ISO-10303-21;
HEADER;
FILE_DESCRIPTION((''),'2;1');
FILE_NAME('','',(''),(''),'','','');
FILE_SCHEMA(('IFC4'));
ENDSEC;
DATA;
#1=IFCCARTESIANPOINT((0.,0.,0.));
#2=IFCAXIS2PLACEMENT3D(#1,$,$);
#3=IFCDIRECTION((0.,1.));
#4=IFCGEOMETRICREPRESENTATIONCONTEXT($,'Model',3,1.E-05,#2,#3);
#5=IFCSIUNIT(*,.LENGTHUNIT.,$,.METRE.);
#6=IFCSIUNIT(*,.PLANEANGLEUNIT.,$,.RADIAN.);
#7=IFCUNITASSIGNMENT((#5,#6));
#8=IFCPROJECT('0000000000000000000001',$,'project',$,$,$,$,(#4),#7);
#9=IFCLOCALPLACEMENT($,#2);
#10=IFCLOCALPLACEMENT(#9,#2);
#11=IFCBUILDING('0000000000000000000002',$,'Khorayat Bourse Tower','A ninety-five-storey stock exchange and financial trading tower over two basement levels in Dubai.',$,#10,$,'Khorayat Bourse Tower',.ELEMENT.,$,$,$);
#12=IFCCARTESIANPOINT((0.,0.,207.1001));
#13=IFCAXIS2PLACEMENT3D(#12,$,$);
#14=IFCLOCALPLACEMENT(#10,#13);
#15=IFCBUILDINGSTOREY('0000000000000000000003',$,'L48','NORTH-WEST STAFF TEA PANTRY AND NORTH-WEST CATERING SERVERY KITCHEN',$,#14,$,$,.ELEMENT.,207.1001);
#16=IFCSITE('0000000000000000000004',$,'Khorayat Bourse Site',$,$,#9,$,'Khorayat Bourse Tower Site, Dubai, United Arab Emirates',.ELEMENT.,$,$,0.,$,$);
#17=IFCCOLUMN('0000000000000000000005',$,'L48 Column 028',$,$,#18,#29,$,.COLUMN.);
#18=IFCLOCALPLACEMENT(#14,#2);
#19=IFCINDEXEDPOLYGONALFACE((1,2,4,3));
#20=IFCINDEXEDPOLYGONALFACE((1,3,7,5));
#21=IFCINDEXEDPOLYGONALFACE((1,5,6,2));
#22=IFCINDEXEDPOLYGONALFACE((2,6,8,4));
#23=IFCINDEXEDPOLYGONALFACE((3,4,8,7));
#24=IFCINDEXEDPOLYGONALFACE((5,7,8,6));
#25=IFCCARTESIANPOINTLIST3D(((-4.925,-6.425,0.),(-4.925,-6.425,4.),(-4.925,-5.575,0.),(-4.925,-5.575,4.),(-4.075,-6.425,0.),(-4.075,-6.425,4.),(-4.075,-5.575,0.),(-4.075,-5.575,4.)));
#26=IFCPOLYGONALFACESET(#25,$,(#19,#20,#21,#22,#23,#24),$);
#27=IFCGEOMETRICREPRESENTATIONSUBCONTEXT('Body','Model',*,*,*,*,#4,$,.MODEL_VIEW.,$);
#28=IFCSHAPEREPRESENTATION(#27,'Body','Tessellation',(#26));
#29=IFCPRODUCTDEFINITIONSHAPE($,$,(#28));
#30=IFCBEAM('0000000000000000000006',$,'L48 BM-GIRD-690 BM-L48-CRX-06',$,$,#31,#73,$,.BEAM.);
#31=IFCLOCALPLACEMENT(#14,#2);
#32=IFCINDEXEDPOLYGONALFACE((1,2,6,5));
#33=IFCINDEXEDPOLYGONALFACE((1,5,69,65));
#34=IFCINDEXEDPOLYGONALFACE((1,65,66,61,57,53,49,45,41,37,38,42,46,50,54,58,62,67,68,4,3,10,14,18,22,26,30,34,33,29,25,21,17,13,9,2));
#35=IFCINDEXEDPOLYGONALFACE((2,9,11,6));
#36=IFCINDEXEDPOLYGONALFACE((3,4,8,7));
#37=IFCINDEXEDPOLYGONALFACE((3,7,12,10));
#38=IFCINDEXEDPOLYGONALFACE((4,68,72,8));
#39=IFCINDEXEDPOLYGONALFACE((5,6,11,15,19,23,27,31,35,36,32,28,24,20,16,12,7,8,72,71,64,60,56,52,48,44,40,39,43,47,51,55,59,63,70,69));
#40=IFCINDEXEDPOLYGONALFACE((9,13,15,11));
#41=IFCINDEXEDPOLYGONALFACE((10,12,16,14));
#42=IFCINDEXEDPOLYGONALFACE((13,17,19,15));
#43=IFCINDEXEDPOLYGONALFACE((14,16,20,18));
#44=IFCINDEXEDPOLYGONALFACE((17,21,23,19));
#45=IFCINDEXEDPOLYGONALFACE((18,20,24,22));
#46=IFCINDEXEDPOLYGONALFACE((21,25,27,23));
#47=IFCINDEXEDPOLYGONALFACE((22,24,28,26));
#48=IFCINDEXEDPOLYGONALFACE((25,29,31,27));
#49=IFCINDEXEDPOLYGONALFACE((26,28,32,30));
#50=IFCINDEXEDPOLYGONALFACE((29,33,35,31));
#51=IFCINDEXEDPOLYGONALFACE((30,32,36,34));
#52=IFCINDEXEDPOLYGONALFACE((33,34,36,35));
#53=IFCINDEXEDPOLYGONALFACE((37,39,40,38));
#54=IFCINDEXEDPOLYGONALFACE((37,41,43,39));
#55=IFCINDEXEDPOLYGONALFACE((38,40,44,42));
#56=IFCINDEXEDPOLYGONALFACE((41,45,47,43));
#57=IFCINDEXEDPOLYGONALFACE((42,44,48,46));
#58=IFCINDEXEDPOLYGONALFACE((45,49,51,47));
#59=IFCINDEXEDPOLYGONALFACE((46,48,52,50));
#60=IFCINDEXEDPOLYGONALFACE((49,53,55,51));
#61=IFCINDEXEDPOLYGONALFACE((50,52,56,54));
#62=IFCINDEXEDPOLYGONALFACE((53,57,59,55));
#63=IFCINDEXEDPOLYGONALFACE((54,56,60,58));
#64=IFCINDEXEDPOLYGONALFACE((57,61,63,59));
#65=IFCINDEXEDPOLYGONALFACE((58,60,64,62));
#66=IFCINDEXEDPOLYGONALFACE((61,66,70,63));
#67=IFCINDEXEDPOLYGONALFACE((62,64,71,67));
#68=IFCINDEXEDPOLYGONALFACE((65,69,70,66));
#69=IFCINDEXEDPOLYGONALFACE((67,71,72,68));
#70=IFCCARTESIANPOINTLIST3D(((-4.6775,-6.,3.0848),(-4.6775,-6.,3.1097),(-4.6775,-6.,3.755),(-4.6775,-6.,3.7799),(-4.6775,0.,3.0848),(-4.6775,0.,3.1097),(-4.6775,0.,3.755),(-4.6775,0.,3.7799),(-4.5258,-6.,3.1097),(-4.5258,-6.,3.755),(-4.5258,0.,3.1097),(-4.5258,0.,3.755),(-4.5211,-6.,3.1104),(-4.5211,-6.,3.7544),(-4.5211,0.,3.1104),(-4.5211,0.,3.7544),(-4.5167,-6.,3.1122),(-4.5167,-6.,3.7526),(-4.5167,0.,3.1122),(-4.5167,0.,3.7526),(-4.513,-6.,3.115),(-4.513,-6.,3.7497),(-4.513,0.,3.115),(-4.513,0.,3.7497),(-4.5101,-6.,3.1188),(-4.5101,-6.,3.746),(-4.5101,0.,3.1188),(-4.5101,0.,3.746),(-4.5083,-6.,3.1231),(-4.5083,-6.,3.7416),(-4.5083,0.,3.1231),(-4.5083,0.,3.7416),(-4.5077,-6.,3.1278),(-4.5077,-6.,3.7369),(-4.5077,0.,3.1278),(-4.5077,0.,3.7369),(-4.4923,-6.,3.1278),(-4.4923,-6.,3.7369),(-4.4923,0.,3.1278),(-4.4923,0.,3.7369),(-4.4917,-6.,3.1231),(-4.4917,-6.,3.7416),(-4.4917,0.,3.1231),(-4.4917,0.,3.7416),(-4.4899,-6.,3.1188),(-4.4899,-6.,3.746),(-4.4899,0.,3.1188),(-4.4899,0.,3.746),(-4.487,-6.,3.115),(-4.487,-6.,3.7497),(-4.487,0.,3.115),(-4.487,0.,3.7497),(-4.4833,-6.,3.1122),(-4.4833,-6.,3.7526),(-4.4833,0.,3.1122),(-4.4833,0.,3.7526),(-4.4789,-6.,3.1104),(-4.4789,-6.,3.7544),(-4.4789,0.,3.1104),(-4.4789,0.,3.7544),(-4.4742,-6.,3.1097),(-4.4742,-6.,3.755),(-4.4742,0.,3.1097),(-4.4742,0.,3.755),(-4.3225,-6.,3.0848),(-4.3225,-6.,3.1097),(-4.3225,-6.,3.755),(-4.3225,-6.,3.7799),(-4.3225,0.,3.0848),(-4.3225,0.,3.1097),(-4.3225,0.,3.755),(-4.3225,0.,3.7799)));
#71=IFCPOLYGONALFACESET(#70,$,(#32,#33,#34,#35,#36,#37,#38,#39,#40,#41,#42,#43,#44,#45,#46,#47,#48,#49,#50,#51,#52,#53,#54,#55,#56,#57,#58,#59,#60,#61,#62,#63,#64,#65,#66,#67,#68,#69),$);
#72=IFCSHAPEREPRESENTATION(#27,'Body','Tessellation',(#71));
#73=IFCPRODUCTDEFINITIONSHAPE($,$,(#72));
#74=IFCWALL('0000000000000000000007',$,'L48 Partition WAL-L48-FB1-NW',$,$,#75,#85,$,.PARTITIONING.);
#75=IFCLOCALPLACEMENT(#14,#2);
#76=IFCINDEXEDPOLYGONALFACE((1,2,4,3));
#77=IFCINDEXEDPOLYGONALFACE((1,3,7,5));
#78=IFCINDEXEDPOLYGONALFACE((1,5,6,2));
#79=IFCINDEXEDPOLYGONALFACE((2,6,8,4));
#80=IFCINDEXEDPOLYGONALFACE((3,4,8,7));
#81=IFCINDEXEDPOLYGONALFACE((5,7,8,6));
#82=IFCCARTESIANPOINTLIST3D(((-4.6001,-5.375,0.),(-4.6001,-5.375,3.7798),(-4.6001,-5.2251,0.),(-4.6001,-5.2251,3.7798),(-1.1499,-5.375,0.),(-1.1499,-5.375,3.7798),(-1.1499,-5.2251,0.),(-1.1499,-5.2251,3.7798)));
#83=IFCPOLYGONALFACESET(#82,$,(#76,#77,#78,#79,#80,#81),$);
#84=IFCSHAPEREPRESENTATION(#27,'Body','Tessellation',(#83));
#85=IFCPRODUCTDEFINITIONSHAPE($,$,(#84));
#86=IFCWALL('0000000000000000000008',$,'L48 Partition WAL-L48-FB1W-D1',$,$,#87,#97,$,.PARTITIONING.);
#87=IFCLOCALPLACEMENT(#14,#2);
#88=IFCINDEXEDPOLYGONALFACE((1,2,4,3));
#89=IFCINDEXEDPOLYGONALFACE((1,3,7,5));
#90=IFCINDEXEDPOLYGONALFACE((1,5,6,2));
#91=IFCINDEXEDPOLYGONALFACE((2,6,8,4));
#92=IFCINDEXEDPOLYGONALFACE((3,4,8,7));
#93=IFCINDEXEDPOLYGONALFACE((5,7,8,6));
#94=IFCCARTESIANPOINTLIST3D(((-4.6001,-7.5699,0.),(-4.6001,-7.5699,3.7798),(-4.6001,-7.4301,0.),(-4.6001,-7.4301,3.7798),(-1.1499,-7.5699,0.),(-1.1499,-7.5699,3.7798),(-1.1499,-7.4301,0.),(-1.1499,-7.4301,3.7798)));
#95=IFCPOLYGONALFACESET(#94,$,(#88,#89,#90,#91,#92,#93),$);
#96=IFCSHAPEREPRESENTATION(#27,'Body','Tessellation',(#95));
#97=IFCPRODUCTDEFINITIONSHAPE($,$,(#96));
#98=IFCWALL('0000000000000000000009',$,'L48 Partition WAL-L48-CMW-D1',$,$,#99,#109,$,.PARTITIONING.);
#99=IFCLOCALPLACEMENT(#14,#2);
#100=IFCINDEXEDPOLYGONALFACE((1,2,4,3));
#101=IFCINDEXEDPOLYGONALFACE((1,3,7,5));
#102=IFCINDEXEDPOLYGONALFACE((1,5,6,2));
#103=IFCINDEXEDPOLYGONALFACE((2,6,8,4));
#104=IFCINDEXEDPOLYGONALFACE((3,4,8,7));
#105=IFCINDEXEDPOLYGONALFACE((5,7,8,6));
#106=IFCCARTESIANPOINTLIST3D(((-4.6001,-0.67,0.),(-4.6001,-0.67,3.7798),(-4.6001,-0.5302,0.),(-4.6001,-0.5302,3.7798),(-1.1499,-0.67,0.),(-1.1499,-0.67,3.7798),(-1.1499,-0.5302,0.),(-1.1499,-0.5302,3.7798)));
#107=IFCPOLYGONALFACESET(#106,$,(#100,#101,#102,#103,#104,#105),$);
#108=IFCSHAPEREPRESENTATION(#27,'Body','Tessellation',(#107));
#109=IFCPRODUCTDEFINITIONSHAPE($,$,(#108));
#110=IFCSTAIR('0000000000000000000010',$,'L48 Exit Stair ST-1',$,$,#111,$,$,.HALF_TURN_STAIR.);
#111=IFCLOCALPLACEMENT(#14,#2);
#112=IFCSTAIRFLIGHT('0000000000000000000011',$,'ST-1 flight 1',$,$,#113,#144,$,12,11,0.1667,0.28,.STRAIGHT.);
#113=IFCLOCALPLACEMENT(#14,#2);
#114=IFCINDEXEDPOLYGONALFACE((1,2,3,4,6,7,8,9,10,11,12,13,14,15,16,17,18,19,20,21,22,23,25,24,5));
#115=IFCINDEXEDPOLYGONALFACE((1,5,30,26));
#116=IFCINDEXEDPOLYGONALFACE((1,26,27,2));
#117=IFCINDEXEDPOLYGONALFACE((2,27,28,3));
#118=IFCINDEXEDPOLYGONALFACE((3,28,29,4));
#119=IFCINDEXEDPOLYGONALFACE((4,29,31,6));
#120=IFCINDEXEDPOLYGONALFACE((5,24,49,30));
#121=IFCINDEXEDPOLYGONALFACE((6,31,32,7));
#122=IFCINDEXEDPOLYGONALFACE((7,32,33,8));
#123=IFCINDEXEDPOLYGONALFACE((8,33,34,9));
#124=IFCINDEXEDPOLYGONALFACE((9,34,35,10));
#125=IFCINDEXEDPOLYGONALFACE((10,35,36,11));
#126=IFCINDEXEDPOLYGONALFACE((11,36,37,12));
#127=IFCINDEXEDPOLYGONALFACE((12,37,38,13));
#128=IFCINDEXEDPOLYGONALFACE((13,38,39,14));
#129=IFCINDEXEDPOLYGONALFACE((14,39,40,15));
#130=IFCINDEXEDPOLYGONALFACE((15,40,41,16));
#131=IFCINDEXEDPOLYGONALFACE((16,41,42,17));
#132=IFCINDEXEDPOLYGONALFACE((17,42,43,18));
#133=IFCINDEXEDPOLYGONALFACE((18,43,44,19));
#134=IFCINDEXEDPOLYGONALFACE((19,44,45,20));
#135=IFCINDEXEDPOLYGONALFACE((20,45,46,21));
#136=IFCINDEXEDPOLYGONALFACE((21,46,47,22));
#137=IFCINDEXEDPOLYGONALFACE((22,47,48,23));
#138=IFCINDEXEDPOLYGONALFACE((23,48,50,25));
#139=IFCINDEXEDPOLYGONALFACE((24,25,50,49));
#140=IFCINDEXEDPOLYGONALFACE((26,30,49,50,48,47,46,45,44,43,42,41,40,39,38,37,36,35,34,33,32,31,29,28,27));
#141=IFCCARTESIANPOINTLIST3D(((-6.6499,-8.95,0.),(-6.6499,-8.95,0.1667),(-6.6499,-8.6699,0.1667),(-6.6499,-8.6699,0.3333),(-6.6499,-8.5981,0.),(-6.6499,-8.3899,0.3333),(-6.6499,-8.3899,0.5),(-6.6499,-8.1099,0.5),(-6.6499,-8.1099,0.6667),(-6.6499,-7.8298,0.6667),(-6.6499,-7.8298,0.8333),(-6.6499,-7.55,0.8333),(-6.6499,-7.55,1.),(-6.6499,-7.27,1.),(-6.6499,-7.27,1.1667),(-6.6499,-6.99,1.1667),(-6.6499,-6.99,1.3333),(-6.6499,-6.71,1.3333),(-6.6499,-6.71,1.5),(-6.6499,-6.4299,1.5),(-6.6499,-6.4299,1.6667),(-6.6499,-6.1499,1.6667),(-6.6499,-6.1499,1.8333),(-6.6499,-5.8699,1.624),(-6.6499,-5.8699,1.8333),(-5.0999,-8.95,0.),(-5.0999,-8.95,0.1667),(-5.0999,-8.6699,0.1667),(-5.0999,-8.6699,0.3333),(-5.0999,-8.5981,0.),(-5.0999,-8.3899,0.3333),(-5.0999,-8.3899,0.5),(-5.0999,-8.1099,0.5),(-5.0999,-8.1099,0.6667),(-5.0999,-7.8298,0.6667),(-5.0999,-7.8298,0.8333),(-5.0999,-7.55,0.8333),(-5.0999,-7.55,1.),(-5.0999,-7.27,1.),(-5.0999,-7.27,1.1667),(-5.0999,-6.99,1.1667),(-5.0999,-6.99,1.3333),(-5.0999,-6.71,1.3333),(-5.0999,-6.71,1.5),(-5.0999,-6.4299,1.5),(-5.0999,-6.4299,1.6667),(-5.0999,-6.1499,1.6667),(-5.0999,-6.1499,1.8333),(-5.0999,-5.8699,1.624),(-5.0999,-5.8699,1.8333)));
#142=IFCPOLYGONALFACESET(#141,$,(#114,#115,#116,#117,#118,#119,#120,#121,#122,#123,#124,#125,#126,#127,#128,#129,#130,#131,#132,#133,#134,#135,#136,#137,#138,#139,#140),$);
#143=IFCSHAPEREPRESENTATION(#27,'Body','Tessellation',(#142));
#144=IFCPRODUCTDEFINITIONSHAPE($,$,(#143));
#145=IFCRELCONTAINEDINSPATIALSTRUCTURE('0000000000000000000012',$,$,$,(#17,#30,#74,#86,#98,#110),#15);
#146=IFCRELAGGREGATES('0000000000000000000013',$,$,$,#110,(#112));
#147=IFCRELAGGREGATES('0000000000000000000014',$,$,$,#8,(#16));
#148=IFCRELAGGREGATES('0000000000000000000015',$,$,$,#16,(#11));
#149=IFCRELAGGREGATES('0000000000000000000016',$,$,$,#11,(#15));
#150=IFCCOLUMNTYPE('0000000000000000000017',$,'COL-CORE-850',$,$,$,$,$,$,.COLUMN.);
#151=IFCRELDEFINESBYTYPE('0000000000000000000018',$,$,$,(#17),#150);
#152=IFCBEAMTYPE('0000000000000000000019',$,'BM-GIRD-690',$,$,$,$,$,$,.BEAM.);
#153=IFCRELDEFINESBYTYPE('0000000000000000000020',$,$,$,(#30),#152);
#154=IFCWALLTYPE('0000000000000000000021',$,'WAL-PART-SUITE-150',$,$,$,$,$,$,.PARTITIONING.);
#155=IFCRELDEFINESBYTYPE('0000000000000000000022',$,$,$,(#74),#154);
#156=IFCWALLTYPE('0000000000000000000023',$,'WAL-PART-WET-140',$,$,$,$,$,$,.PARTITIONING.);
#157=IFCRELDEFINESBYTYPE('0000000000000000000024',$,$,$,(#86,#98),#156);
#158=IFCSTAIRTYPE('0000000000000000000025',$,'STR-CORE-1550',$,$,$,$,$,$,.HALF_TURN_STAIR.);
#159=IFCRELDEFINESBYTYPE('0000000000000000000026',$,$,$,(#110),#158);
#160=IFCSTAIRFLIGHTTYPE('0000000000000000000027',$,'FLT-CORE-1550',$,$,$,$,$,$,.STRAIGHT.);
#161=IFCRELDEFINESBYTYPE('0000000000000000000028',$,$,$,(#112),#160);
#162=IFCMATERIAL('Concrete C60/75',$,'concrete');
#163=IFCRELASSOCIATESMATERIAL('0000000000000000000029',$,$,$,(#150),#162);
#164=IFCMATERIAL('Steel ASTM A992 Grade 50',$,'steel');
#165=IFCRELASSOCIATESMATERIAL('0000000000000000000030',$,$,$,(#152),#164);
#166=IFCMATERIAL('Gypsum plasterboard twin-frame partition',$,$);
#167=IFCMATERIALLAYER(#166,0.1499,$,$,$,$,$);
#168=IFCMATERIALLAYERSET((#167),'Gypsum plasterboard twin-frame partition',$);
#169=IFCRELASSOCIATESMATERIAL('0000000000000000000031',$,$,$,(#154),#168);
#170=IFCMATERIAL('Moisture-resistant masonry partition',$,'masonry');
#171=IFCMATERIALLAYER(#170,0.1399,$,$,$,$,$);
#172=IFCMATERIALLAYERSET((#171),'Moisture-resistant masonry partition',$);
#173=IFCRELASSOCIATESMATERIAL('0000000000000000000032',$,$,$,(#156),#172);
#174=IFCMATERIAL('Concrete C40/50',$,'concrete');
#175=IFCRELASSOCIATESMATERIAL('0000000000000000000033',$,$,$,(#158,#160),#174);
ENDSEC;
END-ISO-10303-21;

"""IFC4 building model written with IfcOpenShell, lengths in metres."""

from ifc_helpers import new_model, si_unit, direction, frame, frame_2d, origin, origin_2d, place, context, subcontext, project, spatial, polyline, rectangle, i_section, outline, extrude, source, transform, mapped, material, layer, layer_set, material_profile, profile_set, type_object, element, aggregate, save


model = new_model("IFC4")

# Units and contexts
model_context = context("Model", 3, precision=1e-05, world=origin(), true_north=direction((0.0, 1.0)))
body_context = subcontext(model_context, "Body", "Model", "MODEL_VIEW")
ifc_project = project(units=[si_unit("LENGTHUNIT", "METRE"), si_unit("PLANEANGLEUNIT", "RADIAN")], contexts=[model_context])

# Site, building, storey
site_placement = place(None, origin())
site = spatial("IfcSite", under=ifc_project, at=site_placement, Name="Khorayat Bourse Site", LongName="Khorayat Bourse Tower Site, Dubai, United Arab Emirates", CompositionType="ELEMENT", RefElevation=0.0)
building_placement = place(site_placement, origin())
building = spatial("IfcBuilding", under=site, at=building_placement, Name="Khorayat Bourse Tower", Description="A ninety-five-storey stock exchange and financial trading tower over two basement levels in Dubai.", LongName="Khorayat Bourse Tower", CompositionType="ELEMENT")
storey_placement = place(building_placement, frame((0.0, 0.0, 207.1001)))
storey = spatial("IfcBuildingStorey", under=building, at=storey_placement, Name="L48", Description="NORTH-WEST STAFF TEA PANTRY AND NORTH-WEST CATERING SERVERY KITCHEN", CompositionType="ELEMENT", Elevation=207.1001)

# Column
ifc_material_1 = material(Name="Concrete C60/75", Category="concrete")
ifc_material_profile_1 = material_profile(ifc_material_1, rectangle(XDim=0.8501, YDim=0.8501, at=origin_2d()), Name="RC 850x850")
ifc_profile_set_1 = profile_set([ifc_material_profile_1], Name="Concrete C60/75")
column_type = type_object("IfcColumnType", Name="COL-CORE-850", PredefinedType="COLUMN", material=ifc_profile_set_1)
shared_shape_1 = source(origin(), body_context, "Body", "SweptSolid", [
    extrude(rectangle(XDim=0.8501, YDim=0.8501, at=origin_2d()), origin(), (0.0, 0.0, 1.0), 4.0),
])
column_placement = place(storey_placement, frame((-4.5, -6.0, 0.0), z_axis=(0.0, 0.0, 1.0), x_axis=(1.0, 0.0, 0.0)))
element("IfcColumn", 1, at=column_placement, inside=storey, type_object=column_type, Name="L48 Column 028", PredefinedType="COLUMN", context=body_context, shape_type="MappedRepresentation", body=[
    mapped(shared_shape_1, transform((0.0, 0.0, 0.0), scale=1.0)),
])

# Beam
ifc_material_2 = material(Name="Steel ASTM A992 Grade 50", Category="steel")
ifc_material_profile_2 = material_profile(ifc_material_2, i_section(OverallWidth=0.355, OverallDepth=0.6951, WebThickness=0.0154, FlangeThickness=0.0249, FilletRadius=0.0181, at=origin_2d()), Name="W690X217")
ifc_profile_set_2 = profile_set([ifc_material_profile_2], Name="Steel ASTM A992 Grade 50")
beam_type = type_object("IfcBeamType", Name="BM-GIRD-690", PredefinedType="BEAM", material=ifc_profile_set_2)
shared_shape_2 = source(origin(), body_context, "Body", "SweptSolid", [
    extrude(i_section(OverallWidth=0.355, OverallDepth=0.6951, WebThickness=0.0154, FlangeThickness=0.0249, FilletRadius=0.0181, at=origin_2d()), origin(), (0.0, 0.0, 1.0), 6.0),
])
beam_placement = place(storey_placement, frame((-4.5, -6.0, 3.4324), z_axis=(0.0, 1.0, 0.0), x_axis=(-1.0, 0.0, 0.0)))
element("IfcBeam", 2, at=beam_placement, inside=storey, type_object=beam_type, Name="L48 BM-GIRD-690 BM-L48-CRX-06", PredefinedType="BEAM", context=body_context, shape_type="MappedRepresentation", body=[
    mapped(shared_shape_2, transform((0.0, 0.0, 0.0), scale=1.0)),
])

# Walls
ifc_material_3 = material(Name="Gypsum plasterboard twin-frame partition")
ifc_layer_1 = layer(ifc_material_3, 0.1499)
ifc_layer_set_1 = layer_set([ifc_layer_1], Name="Gypsum plasterboard twin-frame partition")
wall_type_1 = type_object("IfcWallType", Name="WAL-PART-SUITE-150", PredefinedType="PARTITIONING", material=ifc_layer_set_1)
shared_shape_3 = source(origin(), body_context, "Body", "SweptSolid", [
    extrude(rectangle(XDim=3.4502, YDim=0.1499, at=frame_2d((1.7251, 0.0))), origin(), (0.0, 0.0, 1.0), 3.7798),
])
wall_1_placement = place(storey_placement, frame((-4.6001, -5.3, 0.0), z_axis=(0.0, 0.0, 1.0), x_axis=(1.0, 0.0, 0.0)))
element("IfcWall", 3, at=wall_1_placement, inside=storey, type_object=wall_type_1, Name="L48 Partition WAL-L48-FB1-NW", PredefinedType="PARTITIONING", context=body_context, shape_type="MappedRepresentation", body=[
    mapped(shared_shape_3, transform((0.0, 0.0, 0.0), scale=1.0)),
])
ifc_material_4 = material(Name="Moisture-resistant masonry partition", Category="masonry")
ifc_layer_2 = layer(ifc_material_4, 0.1399)
ifc_layer_set_2 = layer_set([ifc_layer_2], Name="Moisture-resistant masonry partition")
wall_type_2 = type_object("IfcWallType", Name="WAL-PART-WET-140", PredefinedType="PARTITIONING", material=ifc_layer_set_2)
shared_shape_4 = source(origin(), body_context, "Body", "SweptSolid", [
    extrude(rectangle(XDim=3.4502, YDim=0.1399, at=frame_2d((1.7251, 0.0))), origin(), (0.0, 0.0, 1.0), 3.7798),
])
for number, where, z_axis, x_axis, name in (
    (4, (-4.6001, -7.5, 0.0), (0.0, 0.0, 1.0), (1.0, 0.0, 0.0), "L48 Partition WAL-L48-FB1W-D1"),
    (5, (-4.6001, -0.6001, 0.0), (0.0, 0.0, 1.0), (1.0, 0.0, 0.0), "L48 Partition WAL-L48-CMW-D1"),
):
    element("IfcWall", number, at=place(storey_placement, frame(where, z_axis=z_axis, x_axis=x_axis)), inside=storey, type_object=wall_type_2, Name=name, PredefinedType="PARTITIONING", context=body_context, shape_type="MappedRepresentation", body=[
        mapped(shared_shape_4, transform((0.0, 0.0, 0.0), scale=1.0)),
    ])

# Stair, stair flight
ifc_material_5 = material(Name="Concrete C40/50", Category="concrete")
stair_type = type_object("IfcStairType", Name="STR-CORE-1550", PredefinedType="HALF_TURN_STAIR", material=ifc_material_5)
stair_placement = place(storey_placement, origin())
stair = element("IfcStair", 6, at=stair_placement, inside=storey, type_object=stair_type, Name="L48 Exit Stair ST-1", PredefinedType="HALF_TURN_STAIR")
stair_flight_type = type_object("IfcStairFlightType", Name="FLT-CORE-1550", PredefinedType="STRAIGHT", material=ifc_material_5)
shared_shape_5 = source(origin(), body_context, "Body", "SweptSolid", [
    extrude(outline(polyline([(0.0, 0.0), (0.0, 0.1667), (0.28, 0.1667), (0.28, 0.3333), (0.5601, 0.3333), (0.5601, 0.5), (0.8401, 0.5), (0.8401, 0.6667), (1.1201, 0.6667), (1.1201, 0.8333), (1.3999, 0.8333), (1.3999, 1.0), (1.6799, 1.0), (1.6799, 1.1667), (1.96, 1.1667), (1.96, 1.3333), (2.24, 1.3333), (2.24, 1.5), (2.52, 1.5), (2.52, 1.6667), (2.8, 1.6667), (2.8, 1.8333), (3.0801, 1.8333), (3.0801, 2.0), (3.0801, 1.624), (0.3518, 0.0), (0.0, 0.0)])), frame((0.0, 0.7749, 0.0), z_axis=(0.0, -1.0, 0.0), x_axis=(1.0, 0.0, 0.0)), (0.0, 0.0, 1.0), 1.55),
])
stair_flight_placement = place(storey_placement, frame((-5.875, -8.95, 0.0), z_axis=(0.0, 0.0, 1.0), x_axis=(0.0, 1.0, 0.0)))
stair_flight = element("IfcStairFlight", 7, at=stair_flight_placement, type_object=stair_flight_type, Name="ST-1 flight 1", NumberOfRisers=12, NumberOfTreads=11, PredefinedType="STRAIGHT", RiserHeight=0.1667, TreadLength=0.28, context=body_context, shape_type="MappedRepresentation", body=[
    mapped(shared_shape_5, transform((0.0, 0.0, 0.0), scale=1.0)),
])
aggregate(stair, [stair_flight])

save(model, "model.ifc")
